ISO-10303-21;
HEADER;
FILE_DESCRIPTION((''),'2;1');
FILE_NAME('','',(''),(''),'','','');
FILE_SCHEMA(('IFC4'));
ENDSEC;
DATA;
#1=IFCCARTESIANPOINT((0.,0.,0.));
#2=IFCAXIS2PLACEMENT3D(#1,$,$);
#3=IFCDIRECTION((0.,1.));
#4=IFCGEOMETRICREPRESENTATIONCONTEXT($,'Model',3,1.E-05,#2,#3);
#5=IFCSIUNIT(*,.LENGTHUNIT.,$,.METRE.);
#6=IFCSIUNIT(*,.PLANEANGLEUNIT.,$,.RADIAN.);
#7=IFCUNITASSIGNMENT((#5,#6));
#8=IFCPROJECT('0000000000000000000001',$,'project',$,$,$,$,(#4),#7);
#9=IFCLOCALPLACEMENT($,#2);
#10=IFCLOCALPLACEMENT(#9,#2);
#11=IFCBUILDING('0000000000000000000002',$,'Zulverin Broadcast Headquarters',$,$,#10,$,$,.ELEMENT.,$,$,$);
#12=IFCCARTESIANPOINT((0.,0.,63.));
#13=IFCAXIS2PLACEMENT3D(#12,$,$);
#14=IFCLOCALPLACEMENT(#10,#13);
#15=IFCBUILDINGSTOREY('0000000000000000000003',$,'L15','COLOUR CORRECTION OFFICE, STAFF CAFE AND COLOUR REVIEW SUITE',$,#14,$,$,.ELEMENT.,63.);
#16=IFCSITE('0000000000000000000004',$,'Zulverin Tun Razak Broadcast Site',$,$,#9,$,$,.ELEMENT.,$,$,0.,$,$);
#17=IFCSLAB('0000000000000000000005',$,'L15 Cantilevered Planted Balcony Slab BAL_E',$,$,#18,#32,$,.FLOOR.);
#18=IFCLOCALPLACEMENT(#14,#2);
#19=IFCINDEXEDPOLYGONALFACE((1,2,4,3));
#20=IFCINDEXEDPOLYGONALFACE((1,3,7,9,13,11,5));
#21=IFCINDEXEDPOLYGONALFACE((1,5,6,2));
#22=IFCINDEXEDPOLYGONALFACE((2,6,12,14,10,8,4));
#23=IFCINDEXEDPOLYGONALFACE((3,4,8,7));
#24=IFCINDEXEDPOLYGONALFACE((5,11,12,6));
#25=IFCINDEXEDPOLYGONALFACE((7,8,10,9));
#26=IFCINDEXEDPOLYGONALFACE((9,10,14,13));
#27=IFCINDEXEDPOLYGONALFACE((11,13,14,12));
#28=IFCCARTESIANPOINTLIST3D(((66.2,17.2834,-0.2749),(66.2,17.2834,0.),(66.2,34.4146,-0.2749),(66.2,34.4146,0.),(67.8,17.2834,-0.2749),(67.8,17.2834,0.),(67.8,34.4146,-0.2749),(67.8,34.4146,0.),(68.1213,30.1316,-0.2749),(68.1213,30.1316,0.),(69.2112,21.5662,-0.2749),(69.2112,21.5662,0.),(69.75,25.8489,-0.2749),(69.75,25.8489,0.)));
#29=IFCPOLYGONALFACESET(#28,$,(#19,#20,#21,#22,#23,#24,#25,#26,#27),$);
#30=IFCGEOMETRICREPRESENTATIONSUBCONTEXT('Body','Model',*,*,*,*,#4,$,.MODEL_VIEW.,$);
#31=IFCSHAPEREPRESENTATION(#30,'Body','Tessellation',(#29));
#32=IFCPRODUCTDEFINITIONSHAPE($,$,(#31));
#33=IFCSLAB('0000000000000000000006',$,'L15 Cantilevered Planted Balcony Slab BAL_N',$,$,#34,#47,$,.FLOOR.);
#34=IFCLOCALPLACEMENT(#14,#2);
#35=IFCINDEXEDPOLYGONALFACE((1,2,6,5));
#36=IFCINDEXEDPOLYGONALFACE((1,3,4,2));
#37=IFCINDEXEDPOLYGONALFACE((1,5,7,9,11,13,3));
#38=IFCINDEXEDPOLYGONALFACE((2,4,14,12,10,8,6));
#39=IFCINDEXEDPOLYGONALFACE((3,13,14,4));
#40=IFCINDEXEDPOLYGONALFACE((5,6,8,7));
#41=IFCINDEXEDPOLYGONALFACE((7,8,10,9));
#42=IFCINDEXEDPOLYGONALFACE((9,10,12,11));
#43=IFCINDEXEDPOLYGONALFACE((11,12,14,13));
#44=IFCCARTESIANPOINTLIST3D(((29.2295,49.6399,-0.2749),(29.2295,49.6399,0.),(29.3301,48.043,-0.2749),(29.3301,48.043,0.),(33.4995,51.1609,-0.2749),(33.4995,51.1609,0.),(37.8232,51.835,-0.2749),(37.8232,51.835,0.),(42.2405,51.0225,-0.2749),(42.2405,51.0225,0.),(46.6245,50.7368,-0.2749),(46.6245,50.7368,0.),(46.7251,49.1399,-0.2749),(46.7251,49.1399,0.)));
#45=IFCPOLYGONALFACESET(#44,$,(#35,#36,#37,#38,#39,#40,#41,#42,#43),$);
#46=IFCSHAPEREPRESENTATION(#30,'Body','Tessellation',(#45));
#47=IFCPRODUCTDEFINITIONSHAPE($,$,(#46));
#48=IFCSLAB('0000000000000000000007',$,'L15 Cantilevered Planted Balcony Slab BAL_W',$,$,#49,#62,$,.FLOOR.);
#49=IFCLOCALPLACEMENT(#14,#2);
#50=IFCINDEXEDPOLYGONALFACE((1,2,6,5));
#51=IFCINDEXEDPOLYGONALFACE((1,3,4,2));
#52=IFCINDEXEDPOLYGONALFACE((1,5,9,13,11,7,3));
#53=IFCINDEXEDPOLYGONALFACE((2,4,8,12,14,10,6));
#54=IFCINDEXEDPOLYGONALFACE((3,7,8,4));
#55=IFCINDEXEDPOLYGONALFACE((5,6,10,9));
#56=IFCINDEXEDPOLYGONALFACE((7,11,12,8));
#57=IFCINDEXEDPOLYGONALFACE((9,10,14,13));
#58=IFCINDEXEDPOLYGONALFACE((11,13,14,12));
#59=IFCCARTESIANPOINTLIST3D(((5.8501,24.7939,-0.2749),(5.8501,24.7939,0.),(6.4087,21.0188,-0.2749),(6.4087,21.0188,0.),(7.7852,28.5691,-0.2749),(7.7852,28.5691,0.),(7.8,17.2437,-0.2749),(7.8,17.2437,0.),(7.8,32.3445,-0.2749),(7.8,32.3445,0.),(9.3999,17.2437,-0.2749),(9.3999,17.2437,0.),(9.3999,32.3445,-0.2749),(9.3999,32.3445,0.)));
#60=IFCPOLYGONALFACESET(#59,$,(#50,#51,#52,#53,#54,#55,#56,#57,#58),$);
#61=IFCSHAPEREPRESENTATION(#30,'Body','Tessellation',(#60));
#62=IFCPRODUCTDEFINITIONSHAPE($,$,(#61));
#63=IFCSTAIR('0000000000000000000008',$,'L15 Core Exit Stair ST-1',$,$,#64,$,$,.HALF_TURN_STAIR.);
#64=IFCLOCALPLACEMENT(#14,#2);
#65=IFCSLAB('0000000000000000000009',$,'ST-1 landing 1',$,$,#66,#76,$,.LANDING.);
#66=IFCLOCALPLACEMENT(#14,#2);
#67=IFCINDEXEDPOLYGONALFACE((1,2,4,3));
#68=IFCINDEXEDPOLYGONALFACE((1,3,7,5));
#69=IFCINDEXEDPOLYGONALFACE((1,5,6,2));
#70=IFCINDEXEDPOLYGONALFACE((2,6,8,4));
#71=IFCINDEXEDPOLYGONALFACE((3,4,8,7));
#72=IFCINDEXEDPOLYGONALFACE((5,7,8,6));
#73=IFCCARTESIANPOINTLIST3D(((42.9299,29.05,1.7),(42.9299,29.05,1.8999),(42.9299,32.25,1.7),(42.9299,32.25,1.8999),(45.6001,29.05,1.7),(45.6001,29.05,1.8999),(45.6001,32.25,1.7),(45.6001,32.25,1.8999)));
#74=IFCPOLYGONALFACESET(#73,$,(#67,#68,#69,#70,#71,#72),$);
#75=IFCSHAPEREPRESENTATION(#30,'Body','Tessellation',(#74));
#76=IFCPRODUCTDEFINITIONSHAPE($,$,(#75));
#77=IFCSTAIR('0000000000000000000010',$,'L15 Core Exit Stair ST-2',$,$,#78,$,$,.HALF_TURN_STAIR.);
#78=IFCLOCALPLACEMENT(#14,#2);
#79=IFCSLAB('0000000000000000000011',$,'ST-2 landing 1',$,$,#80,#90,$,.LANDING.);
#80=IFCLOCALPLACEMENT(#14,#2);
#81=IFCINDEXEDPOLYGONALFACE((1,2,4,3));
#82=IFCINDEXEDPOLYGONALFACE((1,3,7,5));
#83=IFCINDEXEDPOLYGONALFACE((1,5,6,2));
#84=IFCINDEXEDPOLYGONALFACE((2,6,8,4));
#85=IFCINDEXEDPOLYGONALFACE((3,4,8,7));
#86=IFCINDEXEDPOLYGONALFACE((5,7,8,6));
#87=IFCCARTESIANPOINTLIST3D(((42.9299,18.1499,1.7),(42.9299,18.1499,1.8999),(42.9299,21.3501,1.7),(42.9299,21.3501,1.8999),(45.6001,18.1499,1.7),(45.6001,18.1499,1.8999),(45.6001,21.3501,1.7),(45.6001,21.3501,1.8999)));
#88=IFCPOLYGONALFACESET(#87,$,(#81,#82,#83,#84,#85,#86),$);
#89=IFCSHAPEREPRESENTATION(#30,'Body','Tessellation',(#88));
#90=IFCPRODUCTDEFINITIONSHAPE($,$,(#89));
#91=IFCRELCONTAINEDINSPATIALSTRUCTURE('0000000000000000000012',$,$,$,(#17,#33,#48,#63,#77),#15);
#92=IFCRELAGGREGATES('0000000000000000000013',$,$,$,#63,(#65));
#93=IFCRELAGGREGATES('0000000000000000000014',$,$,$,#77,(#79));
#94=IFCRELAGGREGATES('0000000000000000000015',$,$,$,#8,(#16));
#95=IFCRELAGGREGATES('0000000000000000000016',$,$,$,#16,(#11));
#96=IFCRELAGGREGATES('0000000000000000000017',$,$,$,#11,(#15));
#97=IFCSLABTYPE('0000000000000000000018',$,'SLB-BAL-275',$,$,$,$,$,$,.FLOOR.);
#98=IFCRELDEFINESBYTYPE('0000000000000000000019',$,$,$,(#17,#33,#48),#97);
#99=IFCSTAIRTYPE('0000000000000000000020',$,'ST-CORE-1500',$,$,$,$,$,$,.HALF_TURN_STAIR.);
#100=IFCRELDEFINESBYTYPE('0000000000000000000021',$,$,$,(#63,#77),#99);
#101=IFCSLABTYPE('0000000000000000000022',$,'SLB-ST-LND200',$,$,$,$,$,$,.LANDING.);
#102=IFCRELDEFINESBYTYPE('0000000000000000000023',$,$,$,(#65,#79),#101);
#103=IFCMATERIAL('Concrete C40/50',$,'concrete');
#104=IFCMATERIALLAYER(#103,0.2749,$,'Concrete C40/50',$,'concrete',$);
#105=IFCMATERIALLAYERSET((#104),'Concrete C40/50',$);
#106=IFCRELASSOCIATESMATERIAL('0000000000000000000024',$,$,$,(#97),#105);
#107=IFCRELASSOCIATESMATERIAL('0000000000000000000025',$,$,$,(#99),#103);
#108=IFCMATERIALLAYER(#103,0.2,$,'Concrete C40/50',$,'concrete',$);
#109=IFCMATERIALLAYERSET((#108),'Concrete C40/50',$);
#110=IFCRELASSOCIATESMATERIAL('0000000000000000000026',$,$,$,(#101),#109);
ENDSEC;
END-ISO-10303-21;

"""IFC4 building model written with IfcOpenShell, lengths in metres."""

from ifc_helpers import new_model, si_unit, direction, frame, origin, place, context, subcontext, project, spatial, polyline, outline, extrude, material, layer, layer_set, type_object, element, aggregate, save


model = new_model("IFC4")

# Units and contexts
model_context = context("Model", 3, precision=1e-05, world=origin(), true_north=direction((0.0, 1.0)))
body_context = subcontext(model_context, "Body", "Model", "MODEL_VIEW")
ifc_project = project(units=[si_unit("LENGTHUNIT", "METRE"), si_unit("PLANEANGLEUNIT", "RADIAN")], contexts=[model_context])

# Site, building, storey
site_placement = place(None, origin())
site = spatial("IfcSite", under=ifc_project, at=site_placement, Name="Zulverin Tun Razak Broadcast Site", CompositionType="ELEMENT", RefElevation=0.0)
building_placement = place(site_placement, origin())
building = spatial("IfcBuilding", under=site, at=building_placement, Name="Zulverin Broadcast Headquarters", CompositionType="ELEMENT")
storey_placement = place(building_placement, frame((0.0, 0.0, 63.0)))
storey = spatial("IfcBuildingStorey", under=building, at=storey_placement, Name="L15", Description="COLOUR CORRECTION OFFICE, STAFF CAFE AND COLOUR REVIEW SUITE", CompositionType="ELEMENT", Elevation=63.0)

# Slabs
ifc_material_1 = material(Name="Concrete C40/50", Category="concrete")
ifc_layer_1 = layer(ifc_material_1, 0.2749, Name="Concrete C40/50", Category="concrete")
ifc_layer_set_1 = layer_set([ifc_layer_1], Name="Concrete C40/50")
slab_type_1 = type_object("IfcSlabType", Name="SLB-BAL-275", PredefinedType="FLOOR", material=ifc_layer_set_1)
slab_1_placement = place(storey_placement, frame((0.0, 0.0, -0.2749)))
element("IfcSlab", 1, at=slab_1_placement, inside=storey, type_object=slab_type_1, Name="L15 Cantilevered Planted Balcony Slab BAL_E", PredefinedType="FLOOR", context=body_context, shape_type="SweptSolid", body=[
    extrude(outline(polyline([(66.2, 34.4146), (66.2, 17.2834), (67.8, 17.2834), (69.2112, 21.5662), (69.75, 25.8489), (68.1213, 30.1316), (67.8, 34.4146), (66.2, 34.4146)])), origin(), (0.0, 0.0, 1.0), 0.2749),
])
slab_2_placement = place(storey_placement, frame((0.0, 0.0, -0.2749)))
element("IfcSlab", 2, at=slab_2_placement, inside=storey, type_object=slab_type_1, Name="L15 Cantilevered Planted Balcony Slab BAL_N", PredefinedType="FLOOR", context=body_context, shape_type="SweptSolid", body=[
    extrude(outline(polyline([(29.3301, 48.043), (46.7251, 49.1399), (46.6245, 50.7368), (42.2405, 51.0225), (37.8232, 51.835), (33.4995, 51.1609), (29.2295, 49.6399), (29.3301, 48.043)])), origin(), (0.0, 0.0, 1.0), 0.2749),
])
slab_3_placement = place(storey_placement, frame((0.0, 0.0, -0.2749)))
element("IfcSlab", 3, at=slab_3_placement, inside=storey, type_object=slab_type_1, Name="L15 Cantilevered Planted Balcony Slab BAL_W", PredefinedType="FLOOR", context=body_context, shape_type="SweptSolid", body=[
    extrude(outline(polyline([(9.3999, 17.2437), (9.3999, 32.3445), (7.8, 32.3445), (7.7852, 28.5691), (5.8501, 24.7939), (6.4087, 21.0188), (7.8, 17.2437), (9.3999, 17.2437)])), origin(), (0.0, 0.0, 1.0), 0.2749),
])

# Stairs, slabs
stair_type = type_object("IfcStairType", Name="ST-CORE-1500", PredefinedType="HALF_TURN_STAIR", material=ifc_material_1)
stair_1_placement = place(storey_placement, origin())
stair_1 = element("IfcStair", 4, at=stair_1_placement, inside=storey, type_object=stair_type, Name="L15 Core Exit Stair ST-1", PredefinedType="HALF_TURN_STAIR")
ifc_layer_2 = layer(ifc_material_1, 0.2, Name="Concrete C40/50", Category="concrete")
ifc_layer_set_2 = layer_set([ifc_layer_2], Name="Concrete C40/50")
slab_type_2 = type_object("IfcSlabType", Name="SLB-ST-LND200", PredefinedType="LANDING", material=ifc_layer_set_2)
slab_4_placement = place(storey_placement, frame((0.0, 0.0, 1.7)))
slab_4 = element("IfcSlab", 5, at=slab_4_placement, type_object=slab_type_2, Name="ST-1 landing 1", PredefinedType="LANDING", context=body_context, shape_type="SweptSolid", body=[
    extrude(outline(polyline([(42.9299, 29.05), (45.6001, 29.05), (45.6001, 32.25), (42.9299, 32.25), (42.9299, 29.05)])), origin(), (0.0, 0.0, 1.0), 0.2),
])
aggregate(stair_1, [slab_4])
stair_2_placement = place(storey_placement, origin())
stair_2 = element("IfcStair", 6, at=stair_2_placement, inside=storey, type_object=stair_type, Name="L15 Core Exit Stair ST-2", PredefinedType="HALF_TURN_STAIR")
slab_5_placement = place(storey_placement, frame((0.0, 0.0, 1.7)))
slab_5 = element("IfcSlab", 7, at=slab_5_placement, type_object=slab_type_2, Name="ST-2 landing 1", PredefinedType="LANDING", context=body_context, shape_type="SweptSolid", body=[
    extrude(outline(polyline([(42.9299, 18.1499), (45.6001, 18.1499), (45.6001, 21.3501), (42.9299, 21.3501), (42.9299, 18.1499)])), origin(), (0.0, 0.0, 1.0), 0.2),
])
aggregate(stair_2, [slab_5])

save(model, "model.ifc")
